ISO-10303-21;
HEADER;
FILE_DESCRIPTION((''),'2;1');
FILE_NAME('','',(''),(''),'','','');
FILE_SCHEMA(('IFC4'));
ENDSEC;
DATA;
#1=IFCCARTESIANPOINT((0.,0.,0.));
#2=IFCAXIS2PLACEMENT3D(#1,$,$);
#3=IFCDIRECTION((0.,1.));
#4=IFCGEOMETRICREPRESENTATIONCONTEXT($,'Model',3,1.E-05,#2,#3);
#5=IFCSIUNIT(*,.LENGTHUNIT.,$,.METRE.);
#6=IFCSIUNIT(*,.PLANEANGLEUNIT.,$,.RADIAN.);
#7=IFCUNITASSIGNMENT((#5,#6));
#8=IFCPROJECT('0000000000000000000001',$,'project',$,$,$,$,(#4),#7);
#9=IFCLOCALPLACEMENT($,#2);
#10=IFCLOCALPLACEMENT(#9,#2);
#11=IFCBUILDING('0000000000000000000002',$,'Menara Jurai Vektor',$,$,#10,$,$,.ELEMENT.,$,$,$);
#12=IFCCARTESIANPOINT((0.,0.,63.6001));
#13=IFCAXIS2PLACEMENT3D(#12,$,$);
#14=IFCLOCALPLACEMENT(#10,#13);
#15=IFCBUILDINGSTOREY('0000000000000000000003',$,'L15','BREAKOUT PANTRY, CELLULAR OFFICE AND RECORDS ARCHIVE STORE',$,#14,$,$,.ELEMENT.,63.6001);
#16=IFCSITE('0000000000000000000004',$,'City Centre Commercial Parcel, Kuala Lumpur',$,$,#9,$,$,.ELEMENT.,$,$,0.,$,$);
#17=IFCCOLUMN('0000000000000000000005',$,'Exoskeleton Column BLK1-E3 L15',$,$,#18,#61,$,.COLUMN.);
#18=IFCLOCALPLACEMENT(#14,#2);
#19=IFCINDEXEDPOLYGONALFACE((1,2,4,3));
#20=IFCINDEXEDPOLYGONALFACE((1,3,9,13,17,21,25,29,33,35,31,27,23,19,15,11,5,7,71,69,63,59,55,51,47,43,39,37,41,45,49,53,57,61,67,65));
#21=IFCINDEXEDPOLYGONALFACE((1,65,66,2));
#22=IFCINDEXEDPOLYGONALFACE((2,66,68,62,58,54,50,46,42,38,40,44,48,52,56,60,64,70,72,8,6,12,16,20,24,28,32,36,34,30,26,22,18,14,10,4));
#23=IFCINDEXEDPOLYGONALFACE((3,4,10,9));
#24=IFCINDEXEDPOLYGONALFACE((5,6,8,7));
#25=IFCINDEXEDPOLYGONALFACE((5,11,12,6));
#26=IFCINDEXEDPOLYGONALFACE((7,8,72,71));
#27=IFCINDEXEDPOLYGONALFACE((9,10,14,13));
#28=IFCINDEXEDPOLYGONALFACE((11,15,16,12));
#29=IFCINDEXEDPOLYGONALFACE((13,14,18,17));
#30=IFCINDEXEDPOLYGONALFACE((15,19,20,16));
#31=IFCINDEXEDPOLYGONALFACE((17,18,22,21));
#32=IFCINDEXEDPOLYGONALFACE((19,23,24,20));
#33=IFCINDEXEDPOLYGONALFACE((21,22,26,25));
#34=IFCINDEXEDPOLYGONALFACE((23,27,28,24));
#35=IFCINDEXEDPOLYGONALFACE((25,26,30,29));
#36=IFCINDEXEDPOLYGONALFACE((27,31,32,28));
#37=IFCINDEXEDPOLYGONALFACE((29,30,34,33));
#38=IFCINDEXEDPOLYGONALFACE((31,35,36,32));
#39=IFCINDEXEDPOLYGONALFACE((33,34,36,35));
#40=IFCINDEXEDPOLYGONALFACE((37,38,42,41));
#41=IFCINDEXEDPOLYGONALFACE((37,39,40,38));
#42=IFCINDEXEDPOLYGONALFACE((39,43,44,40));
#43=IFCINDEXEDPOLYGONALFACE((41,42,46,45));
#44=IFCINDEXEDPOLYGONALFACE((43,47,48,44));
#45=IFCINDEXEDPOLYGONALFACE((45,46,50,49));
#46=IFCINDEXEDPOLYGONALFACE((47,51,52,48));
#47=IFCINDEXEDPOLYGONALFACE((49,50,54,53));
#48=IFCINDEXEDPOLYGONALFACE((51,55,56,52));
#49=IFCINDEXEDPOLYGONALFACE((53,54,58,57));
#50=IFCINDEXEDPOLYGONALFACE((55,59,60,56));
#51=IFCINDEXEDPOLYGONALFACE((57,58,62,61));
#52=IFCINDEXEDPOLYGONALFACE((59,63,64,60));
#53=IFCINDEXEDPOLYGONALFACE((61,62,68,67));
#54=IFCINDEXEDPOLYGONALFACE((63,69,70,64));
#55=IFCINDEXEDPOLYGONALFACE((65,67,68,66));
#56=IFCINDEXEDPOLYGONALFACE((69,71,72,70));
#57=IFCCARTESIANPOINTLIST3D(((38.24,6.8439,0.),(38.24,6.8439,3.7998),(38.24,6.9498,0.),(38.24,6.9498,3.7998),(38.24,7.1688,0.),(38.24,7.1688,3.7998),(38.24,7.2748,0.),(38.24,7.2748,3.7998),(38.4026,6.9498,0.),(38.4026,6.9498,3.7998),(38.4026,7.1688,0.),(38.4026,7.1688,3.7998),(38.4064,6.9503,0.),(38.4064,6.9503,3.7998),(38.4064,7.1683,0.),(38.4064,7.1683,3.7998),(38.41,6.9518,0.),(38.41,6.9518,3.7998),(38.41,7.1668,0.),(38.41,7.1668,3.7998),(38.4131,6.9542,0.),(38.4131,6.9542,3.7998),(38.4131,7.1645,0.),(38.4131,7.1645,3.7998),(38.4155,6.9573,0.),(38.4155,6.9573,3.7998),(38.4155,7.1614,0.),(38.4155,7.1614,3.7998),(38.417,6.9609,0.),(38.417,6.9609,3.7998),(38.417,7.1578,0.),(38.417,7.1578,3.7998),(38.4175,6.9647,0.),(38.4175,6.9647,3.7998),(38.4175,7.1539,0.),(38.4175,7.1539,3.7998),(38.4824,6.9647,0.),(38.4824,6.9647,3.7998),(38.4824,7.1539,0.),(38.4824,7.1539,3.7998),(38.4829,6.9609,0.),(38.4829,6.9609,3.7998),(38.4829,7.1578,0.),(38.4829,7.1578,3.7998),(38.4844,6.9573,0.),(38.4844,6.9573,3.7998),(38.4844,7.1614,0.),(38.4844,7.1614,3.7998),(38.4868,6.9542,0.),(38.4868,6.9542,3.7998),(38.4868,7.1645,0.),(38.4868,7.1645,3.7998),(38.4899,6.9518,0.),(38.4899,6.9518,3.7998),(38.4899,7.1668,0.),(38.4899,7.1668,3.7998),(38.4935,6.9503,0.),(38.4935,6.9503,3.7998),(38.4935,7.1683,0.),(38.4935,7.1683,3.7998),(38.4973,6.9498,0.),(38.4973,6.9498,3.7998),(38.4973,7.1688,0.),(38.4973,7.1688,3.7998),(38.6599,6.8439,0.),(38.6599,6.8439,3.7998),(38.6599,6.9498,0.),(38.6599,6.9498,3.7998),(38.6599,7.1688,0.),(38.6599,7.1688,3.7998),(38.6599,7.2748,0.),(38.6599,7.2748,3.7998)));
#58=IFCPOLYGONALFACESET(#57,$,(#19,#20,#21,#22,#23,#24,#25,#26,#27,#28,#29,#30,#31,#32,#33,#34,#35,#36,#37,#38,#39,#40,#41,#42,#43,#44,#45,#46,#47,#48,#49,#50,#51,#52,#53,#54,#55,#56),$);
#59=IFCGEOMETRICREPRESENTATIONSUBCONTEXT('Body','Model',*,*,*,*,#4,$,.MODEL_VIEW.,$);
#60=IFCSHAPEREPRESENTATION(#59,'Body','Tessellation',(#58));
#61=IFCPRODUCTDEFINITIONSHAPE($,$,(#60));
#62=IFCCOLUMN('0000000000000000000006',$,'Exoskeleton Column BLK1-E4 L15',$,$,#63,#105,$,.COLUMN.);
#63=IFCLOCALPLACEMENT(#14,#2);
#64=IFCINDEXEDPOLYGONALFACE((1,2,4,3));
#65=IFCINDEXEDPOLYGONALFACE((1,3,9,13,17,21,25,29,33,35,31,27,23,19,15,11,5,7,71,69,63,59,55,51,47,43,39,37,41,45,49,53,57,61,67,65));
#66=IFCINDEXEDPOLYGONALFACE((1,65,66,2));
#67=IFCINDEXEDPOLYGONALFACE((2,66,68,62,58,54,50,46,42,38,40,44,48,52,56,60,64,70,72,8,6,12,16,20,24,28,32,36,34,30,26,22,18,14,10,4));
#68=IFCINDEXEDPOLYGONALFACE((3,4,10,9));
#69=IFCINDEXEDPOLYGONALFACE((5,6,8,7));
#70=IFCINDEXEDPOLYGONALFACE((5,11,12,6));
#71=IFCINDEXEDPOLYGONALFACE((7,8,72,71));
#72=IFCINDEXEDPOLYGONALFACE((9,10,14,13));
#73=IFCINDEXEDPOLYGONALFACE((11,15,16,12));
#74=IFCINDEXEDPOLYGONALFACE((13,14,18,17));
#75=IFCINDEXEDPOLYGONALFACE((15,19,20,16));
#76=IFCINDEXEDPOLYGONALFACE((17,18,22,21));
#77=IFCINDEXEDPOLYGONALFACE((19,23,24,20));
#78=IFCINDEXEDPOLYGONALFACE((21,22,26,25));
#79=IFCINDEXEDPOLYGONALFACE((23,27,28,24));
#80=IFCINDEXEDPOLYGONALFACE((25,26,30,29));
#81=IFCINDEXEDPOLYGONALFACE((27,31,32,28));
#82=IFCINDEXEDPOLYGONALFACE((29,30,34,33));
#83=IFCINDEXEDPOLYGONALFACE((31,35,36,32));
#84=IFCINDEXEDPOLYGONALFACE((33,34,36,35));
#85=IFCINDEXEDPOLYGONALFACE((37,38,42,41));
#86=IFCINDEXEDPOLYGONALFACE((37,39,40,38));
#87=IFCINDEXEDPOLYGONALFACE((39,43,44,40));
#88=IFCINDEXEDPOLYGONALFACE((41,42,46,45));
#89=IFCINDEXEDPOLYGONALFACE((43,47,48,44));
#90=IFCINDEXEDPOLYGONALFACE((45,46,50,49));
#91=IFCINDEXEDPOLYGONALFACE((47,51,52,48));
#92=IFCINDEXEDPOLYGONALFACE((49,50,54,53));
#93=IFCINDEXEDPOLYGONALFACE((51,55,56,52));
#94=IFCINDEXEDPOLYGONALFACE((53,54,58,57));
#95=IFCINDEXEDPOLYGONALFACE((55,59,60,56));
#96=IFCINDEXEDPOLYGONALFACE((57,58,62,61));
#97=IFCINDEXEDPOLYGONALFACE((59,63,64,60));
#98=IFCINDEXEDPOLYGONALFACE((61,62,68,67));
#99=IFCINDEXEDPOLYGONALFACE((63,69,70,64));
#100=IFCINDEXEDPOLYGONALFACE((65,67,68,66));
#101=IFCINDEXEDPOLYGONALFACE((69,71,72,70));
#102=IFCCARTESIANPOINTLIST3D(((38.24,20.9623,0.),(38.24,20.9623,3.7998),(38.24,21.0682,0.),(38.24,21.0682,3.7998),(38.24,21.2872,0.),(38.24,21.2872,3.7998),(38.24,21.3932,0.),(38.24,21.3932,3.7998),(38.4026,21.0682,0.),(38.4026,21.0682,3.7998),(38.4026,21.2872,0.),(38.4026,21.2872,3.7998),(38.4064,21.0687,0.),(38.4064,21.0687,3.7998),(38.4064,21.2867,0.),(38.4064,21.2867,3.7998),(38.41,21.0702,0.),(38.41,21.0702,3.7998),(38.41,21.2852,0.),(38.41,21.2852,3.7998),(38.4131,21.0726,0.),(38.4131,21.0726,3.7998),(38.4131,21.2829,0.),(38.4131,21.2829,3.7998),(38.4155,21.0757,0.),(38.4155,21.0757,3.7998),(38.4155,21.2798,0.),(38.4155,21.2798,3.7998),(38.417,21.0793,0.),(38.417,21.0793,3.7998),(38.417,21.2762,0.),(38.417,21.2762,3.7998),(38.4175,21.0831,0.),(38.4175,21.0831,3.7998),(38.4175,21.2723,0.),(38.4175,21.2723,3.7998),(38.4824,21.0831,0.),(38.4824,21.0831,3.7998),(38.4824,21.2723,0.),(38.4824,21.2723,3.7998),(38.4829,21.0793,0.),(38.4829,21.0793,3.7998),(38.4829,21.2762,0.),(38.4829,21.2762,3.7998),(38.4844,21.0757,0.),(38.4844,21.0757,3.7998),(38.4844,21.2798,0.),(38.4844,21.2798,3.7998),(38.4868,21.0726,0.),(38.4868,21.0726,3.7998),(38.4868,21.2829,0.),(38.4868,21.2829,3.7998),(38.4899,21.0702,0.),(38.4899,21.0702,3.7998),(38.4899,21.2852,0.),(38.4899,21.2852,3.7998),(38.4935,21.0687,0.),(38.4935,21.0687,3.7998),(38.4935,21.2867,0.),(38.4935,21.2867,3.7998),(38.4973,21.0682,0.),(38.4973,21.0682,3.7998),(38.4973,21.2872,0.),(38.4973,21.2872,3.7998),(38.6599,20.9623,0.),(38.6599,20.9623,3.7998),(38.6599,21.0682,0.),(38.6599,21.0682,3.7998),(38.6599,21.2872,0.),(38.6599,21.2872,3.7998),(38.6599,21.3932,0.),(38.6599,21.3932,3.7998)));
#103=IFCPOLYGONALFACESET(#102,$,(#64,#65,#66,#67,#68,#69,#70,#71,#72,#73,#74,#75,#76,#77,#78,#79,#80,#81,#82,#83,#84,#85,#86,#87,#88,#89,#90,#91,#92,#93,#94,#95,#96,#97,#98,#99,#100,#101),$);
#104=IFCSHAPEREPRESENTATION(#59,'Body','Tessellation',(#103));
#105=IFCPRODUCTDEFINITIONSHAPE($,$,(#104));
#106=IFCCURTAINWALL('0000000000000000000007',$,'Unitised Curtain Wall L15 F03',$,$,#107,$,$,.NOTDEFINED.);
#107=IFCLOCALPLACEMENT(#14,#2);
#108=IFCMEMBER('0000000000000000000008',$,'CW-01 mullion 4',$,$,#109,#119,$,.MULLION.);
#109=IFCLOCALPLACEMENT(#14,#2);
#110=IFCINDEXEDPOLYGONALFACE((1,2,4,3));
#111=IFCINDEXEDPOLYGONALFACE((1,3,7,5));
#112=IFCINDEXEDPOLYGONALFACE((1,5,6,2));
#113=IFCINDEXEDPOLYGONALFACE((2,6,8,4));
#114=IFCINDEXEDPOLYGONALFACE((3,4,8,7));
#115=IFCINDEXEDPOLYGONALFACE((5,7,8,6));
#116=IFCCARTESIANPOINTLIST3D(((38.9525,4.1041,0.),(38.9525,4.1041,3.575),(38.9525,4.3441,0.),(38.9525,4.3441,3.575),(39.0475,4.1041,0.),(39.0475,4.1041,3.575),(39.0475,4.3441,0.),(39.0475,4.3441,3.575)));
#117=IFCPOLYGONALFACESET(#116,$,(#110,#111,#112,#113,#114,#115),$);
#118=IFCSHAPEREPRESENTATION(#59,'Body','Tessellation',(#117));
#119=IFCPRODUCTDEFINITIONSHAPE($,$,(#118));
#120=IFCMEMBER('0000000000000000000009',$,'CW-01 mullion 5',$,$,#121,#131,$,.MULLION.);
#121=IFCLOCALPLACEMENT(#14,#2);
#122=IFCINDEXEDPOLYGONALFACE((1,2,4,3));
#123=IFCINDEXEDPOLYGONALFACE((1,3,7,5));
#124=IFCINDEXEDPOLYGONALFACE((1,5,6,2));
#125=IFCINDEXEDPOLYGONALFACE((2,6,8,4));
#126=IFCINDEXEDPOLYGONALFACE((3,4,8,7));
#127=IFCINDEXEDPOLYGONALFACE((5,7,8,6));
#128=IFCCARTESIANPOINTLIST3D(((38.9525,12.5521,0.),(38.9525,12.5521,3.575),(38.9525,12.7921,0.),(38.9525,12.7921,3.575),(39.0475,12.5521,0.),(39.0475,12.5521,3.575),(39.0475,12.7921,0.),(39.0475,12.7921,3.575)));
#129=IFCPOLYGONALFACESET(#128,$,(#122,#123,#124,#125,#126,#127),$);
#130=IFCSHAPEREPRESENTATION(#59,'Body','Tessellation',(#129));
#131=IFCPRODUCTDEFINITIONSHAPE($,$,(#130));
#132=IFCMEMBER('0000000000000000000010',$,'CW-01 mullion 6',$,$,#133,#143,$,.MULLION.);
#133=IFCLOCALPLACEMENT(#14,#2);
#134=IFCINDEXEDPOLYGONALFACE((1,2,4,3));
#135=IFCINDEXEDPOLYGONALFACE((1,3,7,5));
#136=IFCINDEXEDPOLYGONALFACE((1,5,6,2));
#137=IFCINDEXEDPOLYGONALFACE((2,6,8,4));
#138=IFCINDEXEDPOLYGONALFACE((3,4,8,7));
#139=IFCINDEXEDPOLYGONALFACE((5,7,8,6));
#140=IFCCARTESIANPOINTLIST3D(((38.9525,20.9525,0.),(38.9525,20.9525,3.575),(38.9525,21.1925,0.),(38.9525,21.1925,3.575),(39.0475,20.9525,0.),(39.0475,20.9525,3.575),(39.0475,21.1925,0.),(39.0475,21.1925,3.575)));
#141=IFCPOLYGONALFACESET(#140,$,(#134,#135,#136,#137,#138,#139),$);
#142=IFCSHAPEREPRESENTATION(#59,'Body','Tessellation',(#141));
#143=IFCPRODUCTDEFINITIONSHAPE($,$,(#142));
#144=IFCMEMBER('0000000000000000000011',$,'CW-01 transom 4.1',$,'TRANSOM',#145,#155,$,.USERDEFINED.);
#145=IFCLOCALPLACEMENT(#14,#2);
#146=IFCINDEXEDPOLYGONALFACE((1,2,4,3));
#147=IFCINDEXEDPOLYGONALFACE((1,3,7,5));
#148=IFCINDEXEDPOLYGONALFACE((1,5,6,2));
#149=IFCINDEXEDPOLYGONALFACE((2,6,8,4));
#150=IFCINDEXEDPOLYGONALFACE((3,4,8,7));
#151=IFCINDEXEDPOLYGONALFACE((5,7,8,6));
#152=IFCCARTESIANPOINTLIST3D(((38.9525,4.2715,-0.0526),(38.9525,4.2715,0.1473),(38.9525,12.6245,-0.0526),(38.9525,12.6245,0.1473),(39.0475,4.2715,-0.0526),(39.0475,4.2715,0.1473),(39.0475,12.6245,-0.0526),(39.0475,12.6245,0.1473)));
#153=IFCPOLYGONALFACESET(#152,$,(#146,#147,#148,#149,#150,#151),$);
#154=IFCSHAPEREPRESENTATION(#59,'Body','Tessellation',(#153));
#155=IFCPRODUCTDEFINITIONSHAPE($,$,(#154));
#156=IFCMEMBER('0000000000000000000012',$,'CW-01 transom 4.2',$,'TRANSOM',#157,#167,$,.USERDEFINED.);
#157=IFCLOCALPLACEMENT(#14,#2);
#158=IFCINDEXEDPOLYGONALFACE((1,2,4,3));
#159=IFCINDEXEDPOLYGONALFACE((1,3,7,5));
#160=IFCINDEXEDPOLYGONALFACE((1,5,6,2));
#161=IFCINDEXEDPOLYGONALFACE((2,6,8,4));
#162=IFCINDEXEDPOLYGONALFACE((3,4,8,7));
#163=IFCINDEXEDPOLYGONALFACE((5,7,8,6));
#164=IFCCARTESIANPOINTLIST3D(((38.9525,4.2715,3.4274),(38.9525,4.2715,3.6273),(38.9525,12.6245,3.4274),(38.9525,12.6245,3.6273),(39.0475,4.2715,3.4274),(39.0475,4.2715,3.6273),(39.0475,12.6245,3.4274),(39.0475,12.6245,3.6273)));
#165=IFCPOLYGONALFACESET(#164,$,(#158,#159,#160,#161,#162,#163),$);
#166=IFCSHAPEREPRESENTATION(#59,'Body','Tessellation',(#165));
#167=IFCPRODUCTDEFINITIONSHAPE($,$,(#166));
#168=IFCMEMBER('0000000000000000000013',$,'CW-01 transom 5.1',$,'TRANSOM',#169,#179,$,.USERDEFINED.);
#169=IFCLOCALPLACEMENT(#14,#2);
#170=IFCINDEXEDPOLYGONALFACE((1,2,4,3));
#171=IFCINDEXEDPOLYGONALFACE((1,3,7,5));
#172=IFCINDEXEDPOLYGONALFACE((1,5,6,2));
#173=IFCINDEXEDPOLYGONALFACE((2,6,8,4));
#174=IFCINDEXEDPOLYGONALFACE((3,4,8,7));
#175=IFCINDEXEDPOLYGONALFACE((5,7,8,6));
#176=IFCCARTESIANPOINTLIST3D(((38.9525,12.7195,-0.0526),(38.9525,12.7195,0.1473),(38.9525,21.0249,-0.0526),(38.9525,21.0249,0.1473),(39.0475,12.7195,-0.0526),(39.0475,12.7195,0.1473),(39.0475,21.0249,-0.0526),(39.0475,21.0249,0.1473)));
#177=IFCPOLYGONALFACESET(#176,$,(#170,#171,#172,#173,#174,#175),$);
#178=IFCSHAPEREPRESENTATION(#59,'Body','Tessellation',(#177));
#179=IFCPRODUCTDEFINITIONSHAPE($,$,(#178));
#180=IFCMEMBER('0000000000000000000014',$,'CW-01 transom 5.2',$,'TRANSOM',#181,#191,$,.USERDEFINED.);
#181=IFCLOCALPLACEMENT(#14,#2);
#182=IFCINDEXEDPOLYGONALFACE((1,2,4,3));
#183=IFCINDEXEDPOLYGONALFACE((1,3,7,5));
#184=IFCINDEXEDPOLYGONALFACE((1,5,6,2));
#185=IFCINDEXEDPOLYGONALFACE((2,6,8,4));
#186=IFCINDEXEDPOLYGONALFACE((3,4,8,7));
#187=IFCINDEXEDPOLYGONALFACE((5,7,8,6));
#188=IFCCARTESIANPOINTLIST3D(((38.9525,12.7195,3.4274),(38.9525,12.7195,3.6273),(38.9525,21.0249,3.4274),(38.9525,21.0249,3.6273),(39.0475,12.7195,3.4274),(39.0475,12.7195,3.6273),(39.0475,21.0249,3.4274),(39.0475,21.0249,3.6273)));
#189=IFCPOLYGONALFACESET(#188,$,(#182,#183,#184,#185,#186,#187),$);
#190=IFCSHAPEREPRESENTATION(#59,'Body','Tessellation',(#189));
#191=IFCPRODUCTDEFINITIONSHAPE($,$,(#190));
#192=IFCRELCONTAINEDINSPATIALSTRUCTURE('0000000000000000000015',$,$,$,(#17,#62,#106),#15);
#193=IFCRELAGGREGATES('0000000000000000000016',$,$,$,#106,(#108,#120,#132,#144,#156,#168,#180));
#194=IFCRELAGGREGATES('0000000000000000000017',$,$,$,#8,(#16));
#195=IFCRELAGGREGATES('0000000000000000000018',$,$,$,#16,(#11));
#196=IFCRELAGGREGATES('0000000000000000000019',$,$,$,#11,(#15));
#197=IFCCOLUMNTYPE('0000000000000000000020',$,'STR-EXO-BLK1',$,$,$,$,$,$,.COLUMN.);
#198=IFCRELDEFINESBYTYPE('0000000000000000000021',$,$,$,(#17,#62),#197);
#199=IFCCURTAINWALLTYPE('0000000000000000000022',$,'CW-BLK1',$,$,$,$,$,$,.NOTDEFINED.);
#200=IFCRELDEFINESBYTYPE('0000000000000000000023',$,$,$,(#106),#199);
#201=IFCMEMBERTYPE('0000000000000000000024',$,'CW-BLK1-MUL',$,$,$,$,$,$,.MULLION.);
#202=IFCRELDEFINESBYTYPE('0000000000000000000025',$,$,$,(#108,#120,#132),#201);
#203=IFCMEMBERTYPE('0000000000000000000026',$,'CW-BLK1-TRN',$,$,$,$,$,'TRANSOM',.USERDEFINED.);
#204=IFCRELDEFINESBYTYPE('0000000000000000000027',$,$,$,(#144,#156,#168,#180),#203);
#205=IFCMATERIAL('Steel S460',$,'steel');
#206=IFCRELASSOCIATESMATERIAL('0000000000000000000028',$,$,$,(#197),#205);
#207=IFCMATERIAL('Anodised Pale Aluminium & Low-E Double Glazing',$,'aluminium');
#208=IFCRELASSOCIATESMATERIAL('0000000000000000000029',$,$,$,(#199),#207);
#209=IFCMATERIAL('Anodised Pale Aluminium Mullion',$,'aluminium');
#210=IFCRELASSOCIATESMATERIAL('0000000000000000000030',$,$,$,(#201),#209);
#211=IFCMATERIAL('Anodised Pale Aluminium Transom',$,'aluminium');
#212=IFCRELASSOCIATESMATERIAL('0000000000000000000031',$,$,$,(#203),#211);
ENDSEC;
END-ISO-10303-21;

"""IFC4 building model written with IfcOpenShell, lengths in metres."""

from ifc_helpers import new_model, si_unit, direction, frame, origin, origin_2d, place, context, subcontext, project, spatial, rectangle, i_section, extrude, material, material_profile, profile_set, type_object, element, aggregate, save


model = new_model("IFC4")

# Units and contexts
model_context = context("Model", 3, precision=1e-05, world=origin(), true_north=direction((0.0, 1.0)))
body_context = subcontext(model_context, "Body", "Model", "MODEL_VIEW")
ifc_project = project(units=[si_unit("LENGTHUNIT", "METRE"), si_unit("PLANEANGLEUNIT", "RADIAN")], contexts=[model_context])

# Site, building, storey
site_placement = place(None, origin())
site = spatial("IfcSite", under=ifc_project, at=site_placement, Name="City Centre Commercial Parcel, Kuala Lumpur", CompositionType="ELEMENT", RefElevation=0.0)
building_placement = place(site_placement, origin())
building = spatial("IfcBuilding", under=site, at=building_placement, Name="Menara Jurai Vektor", CompositionType="ELEMENT")
storey_placement = place(building_placement, frame((0.0, 0.0, 63.6001)))
storey = spatial("IfcBuildingStorey", under=building, at=storey_placement, Name="L15", Description="BREAKOUT PANTRY, CELLULAR OFFICE AND RECORDS ARCHIVE STORE", CompositionType="ELEMENT", Elevation=63.6001)

# Columns
ifc_material_1 = material(Name="Steel S460", Category="steel")
ifc_material_profile_1 = material_profile(ifc_material_1, i_section(OverallWidth=0.4199, OverallDepth=0.4309, WebThickness=0.0649, FlangeThickness=0.106, FilletRadius=0.0149, at=origin_2d()), Name="HD 400x900")
ifc_profile_set_1 = profile_set([ifc_material_profile_1], Name="Steel S460")
column_type = type_object("IfcColumnType", Name="STR-EXO-BLK1", PredefinedType="COLUMN", material=ifc_profile_set_1)
for number, where, z_axis, x_axis, name in (
    (1, (38.45, 7.0593, 0.0), (0.0, 0.0, 1.0), (1.0, 0.0, 0.0), "Exoskeleton Column BLK1-E3 L15"),
    (2, (38.45, 21.1777, 0.0), (0.0, 0.0, 1.0), (1.0, 0.0, 0.0), "Exoskeleton Column BLK1-E4 L15"),
):
    element("IfcColumn", number, at=place(storey_placement, frame(where, z_axis=z_axis, x_axis=x_axis)), inside=storey, type_object=column_type, Name=name, PredefinedType="COLUMN", context=body_context, shape_type="SweptSolid", body=[
        extrude(i_section(OverallWidth=0.4199, OverallDepth=0.4309, WebThickness=0.0649, FlangeThickness=0.106, FilletRadius=0.0149, at=origin_2d()), origin(), (0.0, 0.0, 1.0), 3.7998),
    ])

# Curtain wall, members
ifc_material_2 = material(Name="Anodised Pale Aluminium & Low-E Double Glazing", Category="aluminium")
curtain_wall_type = type_object("IfcCurtainWallType", Name="CW-BLK1", PredefinedType="NOTDEFINED", material=ifc_material_2)
curtain_wall_placement = place(storey_placement, origin())
curtain_wall = element("IfcCurtainWall", 3, at=curtain_wall_placement, inside=storey, type_object=curtain_wall_type, Name="Unitised Curtain Wall L15 F03", PredefinedType="NOTDEFINED")
ifc_material_3 = material(Name="Anodised Pale Aluminium Mullion", Category="aluminium")
ifc_material_profile_2 = material_profile(ifc_material_3, rectangle(XDim=0.095, YDim=0.24, at=origin_2d()), Name="ALU MUL 95x240")
ifc_profile_set_2 = profile_set([ifc_material_profile_2], Name="Anodised Pale Aluminium Mullion")
member_type_1 = type_object("IfcMemberType", Name="CW-BLK1-MUL", PredefinedType="MULLION", material=ifc_profile_set_2)
member_1_placement = place(storey_placement, frame((39.0, 4.2241, 0.0), z_axis=(0.0, 0.0, 1.0), x_axis=(-1.0, 0.0, 0.0)))
member_1 = element("IfcMember", 4, at=member_1_placement, type_object=member_type_1, Name="CW-01 mullion 4", PredefinedType="MULLION", context=body_context, shape_type="SweptSolid", body=[
    extrude(rectangle(XDim=0.095, YDim=0.24, at=origin_2d()), origin(), (0.0, 0.0, 1.0), 3.575),
])
member_2_placement = place(storey_placement, frame((39.0, 12.6721, 0.0), z_axis=(0.0, 0.0, 1.0), x_axis=(-1.0, 0.0, 0.0)))
member_2 = element("IfcMember", 5, at=member_2_placement, type_object=member_type_1, Name="CW-01 mullion 5", PredefinedType="MULLION", context=body_context, shape_type="SweptSolid", body=[
    extrude(rectangle(XDim=0.095, YDim=0.24, at=origin_2d()), origin(), (0.0, 0.0, 1.0), 3.575),
])
member_3_placement = place(storey_placement, frame((39.0, 21.0725, 0.0), z_axis=(0.0, 0.0, 1.0), x_axis=(-1.0, 0.0, 0.0)))
member_3 = element("IfcMember", 6, at=member_3_placement, type_object=member_type_1, Name="CW-01 mullion 6", PredefinedType="MULLION", context=body_context, shape_type="SweptSolid", body=[
    extrude(rectangle(XDim=0.095, YDim=0.24, at=origin_2d()), origin(), (0.0, 0.0, 1.0), 3.575),
])
ifc_material_4 = material(Name="Anodised Pale Aluminium Transom", Category="aluminium")
ifc_material_profile_3 = material_profile(ifc_material_4, rectangle(XDim=0.095, YDim=0.2, at=origin_2d()), Name="ALU TRN 95x200")
ifc_profile_set_3 = profile_set([ifc_material_profile_3], Name="Anodised Pale Aluminium Transom")
member_type_2 = type_object("IfcMemberType", Name="CW-BLK1-TRN", ElementType="TRANSOM", PredefinedType="USERDEFINED", material=ifc_profile_set_3)
member_4_placement = place(storey_placement, frame((39.0, 4.2715, 0.0474), z_axis=(0.0, 1.0, 0.0), x_axis=(-1.0, 0.0, 0.0)))
member_4 = element("IfcMember", 7, at=member_4_placement, type_object=member_type_2, Name="CW-01 transom 4.1", ObjectType="TRANSOM", PredefinedType="USERDEFINED", context=body_context, shape_type="SweptSolid", body=[
    extrude(rectangle(XDim=0.095, YDim=0.2, at=origin_2d()), origin(), (0.0, 0.0, 1.0), 8.353),
])
member_5_placement = place(storey_placement, frame((39.0, 4.2715, 3.5273), z_axis=(0.0, 1.0, 0.0), x_axis=(-1.0, 0.0, 0.0)))
member_5 = element("IfcMember", 8, at=member_5_placement, type_object=member_type_2, Name="CW-01 transom 4.2", ObjectType="TRANSOM", PredefinedType="USERDEFINED", context=body_context, shape_type="SweptSolid", body=[
    extrude(rectangle(XDim=0.095, YDim=0.2, at=origin_2d()), origin(), (0.0, 0.0, 1.0), 8.353),
])
member_6_placement = place(storey_placement, frame((39.0, 12.7195, 0.0474), z_axis=(0.0, 1.0, 0.0), x_axis=(-1.0, 0.0, 0.0)))
member_6 = element("IfcMember", 9, at=member_6_placement, type_object=member_type_2, Name="CW-01 transom 5.1", ObjectType="TRANSOM", PredefinedType="USERDEFINED", context=body_context, shape_type="SweptSolid", body=[
    extrude(rectangle(XDim=0.095, YDim=0.2, at=origin_2d()), origin(), (0.0, 0.0, 1.0), 8.3054),
])
member_7_placement = place(storey_placement, frame((39.0, 12.7195, 3.5273), z_axis=(0.0, 1.0, 0.0), x_axis=(-1.0, 0.0, 0.0)))
member_7 = element("IfcMember", 10, at=member_7_placement, type_object=member_type_2, Name="CW-01 transom 5.2", ObjectType="TRANSOM", PredefinedType="USERDEFINED", context=body_context, shape_type="SweptSolid", body=[
    extrude(rectangle(XDim=0.095, YDim=0.2, at=origin_2d()), origin(), (0.0, 0.0, 1.0), 8.3054),
])

aggregate(curtain_wall, [member_1, member_2, member_3, member_4, member_5, member_6, member_7])

save(model, "model.ifc")
